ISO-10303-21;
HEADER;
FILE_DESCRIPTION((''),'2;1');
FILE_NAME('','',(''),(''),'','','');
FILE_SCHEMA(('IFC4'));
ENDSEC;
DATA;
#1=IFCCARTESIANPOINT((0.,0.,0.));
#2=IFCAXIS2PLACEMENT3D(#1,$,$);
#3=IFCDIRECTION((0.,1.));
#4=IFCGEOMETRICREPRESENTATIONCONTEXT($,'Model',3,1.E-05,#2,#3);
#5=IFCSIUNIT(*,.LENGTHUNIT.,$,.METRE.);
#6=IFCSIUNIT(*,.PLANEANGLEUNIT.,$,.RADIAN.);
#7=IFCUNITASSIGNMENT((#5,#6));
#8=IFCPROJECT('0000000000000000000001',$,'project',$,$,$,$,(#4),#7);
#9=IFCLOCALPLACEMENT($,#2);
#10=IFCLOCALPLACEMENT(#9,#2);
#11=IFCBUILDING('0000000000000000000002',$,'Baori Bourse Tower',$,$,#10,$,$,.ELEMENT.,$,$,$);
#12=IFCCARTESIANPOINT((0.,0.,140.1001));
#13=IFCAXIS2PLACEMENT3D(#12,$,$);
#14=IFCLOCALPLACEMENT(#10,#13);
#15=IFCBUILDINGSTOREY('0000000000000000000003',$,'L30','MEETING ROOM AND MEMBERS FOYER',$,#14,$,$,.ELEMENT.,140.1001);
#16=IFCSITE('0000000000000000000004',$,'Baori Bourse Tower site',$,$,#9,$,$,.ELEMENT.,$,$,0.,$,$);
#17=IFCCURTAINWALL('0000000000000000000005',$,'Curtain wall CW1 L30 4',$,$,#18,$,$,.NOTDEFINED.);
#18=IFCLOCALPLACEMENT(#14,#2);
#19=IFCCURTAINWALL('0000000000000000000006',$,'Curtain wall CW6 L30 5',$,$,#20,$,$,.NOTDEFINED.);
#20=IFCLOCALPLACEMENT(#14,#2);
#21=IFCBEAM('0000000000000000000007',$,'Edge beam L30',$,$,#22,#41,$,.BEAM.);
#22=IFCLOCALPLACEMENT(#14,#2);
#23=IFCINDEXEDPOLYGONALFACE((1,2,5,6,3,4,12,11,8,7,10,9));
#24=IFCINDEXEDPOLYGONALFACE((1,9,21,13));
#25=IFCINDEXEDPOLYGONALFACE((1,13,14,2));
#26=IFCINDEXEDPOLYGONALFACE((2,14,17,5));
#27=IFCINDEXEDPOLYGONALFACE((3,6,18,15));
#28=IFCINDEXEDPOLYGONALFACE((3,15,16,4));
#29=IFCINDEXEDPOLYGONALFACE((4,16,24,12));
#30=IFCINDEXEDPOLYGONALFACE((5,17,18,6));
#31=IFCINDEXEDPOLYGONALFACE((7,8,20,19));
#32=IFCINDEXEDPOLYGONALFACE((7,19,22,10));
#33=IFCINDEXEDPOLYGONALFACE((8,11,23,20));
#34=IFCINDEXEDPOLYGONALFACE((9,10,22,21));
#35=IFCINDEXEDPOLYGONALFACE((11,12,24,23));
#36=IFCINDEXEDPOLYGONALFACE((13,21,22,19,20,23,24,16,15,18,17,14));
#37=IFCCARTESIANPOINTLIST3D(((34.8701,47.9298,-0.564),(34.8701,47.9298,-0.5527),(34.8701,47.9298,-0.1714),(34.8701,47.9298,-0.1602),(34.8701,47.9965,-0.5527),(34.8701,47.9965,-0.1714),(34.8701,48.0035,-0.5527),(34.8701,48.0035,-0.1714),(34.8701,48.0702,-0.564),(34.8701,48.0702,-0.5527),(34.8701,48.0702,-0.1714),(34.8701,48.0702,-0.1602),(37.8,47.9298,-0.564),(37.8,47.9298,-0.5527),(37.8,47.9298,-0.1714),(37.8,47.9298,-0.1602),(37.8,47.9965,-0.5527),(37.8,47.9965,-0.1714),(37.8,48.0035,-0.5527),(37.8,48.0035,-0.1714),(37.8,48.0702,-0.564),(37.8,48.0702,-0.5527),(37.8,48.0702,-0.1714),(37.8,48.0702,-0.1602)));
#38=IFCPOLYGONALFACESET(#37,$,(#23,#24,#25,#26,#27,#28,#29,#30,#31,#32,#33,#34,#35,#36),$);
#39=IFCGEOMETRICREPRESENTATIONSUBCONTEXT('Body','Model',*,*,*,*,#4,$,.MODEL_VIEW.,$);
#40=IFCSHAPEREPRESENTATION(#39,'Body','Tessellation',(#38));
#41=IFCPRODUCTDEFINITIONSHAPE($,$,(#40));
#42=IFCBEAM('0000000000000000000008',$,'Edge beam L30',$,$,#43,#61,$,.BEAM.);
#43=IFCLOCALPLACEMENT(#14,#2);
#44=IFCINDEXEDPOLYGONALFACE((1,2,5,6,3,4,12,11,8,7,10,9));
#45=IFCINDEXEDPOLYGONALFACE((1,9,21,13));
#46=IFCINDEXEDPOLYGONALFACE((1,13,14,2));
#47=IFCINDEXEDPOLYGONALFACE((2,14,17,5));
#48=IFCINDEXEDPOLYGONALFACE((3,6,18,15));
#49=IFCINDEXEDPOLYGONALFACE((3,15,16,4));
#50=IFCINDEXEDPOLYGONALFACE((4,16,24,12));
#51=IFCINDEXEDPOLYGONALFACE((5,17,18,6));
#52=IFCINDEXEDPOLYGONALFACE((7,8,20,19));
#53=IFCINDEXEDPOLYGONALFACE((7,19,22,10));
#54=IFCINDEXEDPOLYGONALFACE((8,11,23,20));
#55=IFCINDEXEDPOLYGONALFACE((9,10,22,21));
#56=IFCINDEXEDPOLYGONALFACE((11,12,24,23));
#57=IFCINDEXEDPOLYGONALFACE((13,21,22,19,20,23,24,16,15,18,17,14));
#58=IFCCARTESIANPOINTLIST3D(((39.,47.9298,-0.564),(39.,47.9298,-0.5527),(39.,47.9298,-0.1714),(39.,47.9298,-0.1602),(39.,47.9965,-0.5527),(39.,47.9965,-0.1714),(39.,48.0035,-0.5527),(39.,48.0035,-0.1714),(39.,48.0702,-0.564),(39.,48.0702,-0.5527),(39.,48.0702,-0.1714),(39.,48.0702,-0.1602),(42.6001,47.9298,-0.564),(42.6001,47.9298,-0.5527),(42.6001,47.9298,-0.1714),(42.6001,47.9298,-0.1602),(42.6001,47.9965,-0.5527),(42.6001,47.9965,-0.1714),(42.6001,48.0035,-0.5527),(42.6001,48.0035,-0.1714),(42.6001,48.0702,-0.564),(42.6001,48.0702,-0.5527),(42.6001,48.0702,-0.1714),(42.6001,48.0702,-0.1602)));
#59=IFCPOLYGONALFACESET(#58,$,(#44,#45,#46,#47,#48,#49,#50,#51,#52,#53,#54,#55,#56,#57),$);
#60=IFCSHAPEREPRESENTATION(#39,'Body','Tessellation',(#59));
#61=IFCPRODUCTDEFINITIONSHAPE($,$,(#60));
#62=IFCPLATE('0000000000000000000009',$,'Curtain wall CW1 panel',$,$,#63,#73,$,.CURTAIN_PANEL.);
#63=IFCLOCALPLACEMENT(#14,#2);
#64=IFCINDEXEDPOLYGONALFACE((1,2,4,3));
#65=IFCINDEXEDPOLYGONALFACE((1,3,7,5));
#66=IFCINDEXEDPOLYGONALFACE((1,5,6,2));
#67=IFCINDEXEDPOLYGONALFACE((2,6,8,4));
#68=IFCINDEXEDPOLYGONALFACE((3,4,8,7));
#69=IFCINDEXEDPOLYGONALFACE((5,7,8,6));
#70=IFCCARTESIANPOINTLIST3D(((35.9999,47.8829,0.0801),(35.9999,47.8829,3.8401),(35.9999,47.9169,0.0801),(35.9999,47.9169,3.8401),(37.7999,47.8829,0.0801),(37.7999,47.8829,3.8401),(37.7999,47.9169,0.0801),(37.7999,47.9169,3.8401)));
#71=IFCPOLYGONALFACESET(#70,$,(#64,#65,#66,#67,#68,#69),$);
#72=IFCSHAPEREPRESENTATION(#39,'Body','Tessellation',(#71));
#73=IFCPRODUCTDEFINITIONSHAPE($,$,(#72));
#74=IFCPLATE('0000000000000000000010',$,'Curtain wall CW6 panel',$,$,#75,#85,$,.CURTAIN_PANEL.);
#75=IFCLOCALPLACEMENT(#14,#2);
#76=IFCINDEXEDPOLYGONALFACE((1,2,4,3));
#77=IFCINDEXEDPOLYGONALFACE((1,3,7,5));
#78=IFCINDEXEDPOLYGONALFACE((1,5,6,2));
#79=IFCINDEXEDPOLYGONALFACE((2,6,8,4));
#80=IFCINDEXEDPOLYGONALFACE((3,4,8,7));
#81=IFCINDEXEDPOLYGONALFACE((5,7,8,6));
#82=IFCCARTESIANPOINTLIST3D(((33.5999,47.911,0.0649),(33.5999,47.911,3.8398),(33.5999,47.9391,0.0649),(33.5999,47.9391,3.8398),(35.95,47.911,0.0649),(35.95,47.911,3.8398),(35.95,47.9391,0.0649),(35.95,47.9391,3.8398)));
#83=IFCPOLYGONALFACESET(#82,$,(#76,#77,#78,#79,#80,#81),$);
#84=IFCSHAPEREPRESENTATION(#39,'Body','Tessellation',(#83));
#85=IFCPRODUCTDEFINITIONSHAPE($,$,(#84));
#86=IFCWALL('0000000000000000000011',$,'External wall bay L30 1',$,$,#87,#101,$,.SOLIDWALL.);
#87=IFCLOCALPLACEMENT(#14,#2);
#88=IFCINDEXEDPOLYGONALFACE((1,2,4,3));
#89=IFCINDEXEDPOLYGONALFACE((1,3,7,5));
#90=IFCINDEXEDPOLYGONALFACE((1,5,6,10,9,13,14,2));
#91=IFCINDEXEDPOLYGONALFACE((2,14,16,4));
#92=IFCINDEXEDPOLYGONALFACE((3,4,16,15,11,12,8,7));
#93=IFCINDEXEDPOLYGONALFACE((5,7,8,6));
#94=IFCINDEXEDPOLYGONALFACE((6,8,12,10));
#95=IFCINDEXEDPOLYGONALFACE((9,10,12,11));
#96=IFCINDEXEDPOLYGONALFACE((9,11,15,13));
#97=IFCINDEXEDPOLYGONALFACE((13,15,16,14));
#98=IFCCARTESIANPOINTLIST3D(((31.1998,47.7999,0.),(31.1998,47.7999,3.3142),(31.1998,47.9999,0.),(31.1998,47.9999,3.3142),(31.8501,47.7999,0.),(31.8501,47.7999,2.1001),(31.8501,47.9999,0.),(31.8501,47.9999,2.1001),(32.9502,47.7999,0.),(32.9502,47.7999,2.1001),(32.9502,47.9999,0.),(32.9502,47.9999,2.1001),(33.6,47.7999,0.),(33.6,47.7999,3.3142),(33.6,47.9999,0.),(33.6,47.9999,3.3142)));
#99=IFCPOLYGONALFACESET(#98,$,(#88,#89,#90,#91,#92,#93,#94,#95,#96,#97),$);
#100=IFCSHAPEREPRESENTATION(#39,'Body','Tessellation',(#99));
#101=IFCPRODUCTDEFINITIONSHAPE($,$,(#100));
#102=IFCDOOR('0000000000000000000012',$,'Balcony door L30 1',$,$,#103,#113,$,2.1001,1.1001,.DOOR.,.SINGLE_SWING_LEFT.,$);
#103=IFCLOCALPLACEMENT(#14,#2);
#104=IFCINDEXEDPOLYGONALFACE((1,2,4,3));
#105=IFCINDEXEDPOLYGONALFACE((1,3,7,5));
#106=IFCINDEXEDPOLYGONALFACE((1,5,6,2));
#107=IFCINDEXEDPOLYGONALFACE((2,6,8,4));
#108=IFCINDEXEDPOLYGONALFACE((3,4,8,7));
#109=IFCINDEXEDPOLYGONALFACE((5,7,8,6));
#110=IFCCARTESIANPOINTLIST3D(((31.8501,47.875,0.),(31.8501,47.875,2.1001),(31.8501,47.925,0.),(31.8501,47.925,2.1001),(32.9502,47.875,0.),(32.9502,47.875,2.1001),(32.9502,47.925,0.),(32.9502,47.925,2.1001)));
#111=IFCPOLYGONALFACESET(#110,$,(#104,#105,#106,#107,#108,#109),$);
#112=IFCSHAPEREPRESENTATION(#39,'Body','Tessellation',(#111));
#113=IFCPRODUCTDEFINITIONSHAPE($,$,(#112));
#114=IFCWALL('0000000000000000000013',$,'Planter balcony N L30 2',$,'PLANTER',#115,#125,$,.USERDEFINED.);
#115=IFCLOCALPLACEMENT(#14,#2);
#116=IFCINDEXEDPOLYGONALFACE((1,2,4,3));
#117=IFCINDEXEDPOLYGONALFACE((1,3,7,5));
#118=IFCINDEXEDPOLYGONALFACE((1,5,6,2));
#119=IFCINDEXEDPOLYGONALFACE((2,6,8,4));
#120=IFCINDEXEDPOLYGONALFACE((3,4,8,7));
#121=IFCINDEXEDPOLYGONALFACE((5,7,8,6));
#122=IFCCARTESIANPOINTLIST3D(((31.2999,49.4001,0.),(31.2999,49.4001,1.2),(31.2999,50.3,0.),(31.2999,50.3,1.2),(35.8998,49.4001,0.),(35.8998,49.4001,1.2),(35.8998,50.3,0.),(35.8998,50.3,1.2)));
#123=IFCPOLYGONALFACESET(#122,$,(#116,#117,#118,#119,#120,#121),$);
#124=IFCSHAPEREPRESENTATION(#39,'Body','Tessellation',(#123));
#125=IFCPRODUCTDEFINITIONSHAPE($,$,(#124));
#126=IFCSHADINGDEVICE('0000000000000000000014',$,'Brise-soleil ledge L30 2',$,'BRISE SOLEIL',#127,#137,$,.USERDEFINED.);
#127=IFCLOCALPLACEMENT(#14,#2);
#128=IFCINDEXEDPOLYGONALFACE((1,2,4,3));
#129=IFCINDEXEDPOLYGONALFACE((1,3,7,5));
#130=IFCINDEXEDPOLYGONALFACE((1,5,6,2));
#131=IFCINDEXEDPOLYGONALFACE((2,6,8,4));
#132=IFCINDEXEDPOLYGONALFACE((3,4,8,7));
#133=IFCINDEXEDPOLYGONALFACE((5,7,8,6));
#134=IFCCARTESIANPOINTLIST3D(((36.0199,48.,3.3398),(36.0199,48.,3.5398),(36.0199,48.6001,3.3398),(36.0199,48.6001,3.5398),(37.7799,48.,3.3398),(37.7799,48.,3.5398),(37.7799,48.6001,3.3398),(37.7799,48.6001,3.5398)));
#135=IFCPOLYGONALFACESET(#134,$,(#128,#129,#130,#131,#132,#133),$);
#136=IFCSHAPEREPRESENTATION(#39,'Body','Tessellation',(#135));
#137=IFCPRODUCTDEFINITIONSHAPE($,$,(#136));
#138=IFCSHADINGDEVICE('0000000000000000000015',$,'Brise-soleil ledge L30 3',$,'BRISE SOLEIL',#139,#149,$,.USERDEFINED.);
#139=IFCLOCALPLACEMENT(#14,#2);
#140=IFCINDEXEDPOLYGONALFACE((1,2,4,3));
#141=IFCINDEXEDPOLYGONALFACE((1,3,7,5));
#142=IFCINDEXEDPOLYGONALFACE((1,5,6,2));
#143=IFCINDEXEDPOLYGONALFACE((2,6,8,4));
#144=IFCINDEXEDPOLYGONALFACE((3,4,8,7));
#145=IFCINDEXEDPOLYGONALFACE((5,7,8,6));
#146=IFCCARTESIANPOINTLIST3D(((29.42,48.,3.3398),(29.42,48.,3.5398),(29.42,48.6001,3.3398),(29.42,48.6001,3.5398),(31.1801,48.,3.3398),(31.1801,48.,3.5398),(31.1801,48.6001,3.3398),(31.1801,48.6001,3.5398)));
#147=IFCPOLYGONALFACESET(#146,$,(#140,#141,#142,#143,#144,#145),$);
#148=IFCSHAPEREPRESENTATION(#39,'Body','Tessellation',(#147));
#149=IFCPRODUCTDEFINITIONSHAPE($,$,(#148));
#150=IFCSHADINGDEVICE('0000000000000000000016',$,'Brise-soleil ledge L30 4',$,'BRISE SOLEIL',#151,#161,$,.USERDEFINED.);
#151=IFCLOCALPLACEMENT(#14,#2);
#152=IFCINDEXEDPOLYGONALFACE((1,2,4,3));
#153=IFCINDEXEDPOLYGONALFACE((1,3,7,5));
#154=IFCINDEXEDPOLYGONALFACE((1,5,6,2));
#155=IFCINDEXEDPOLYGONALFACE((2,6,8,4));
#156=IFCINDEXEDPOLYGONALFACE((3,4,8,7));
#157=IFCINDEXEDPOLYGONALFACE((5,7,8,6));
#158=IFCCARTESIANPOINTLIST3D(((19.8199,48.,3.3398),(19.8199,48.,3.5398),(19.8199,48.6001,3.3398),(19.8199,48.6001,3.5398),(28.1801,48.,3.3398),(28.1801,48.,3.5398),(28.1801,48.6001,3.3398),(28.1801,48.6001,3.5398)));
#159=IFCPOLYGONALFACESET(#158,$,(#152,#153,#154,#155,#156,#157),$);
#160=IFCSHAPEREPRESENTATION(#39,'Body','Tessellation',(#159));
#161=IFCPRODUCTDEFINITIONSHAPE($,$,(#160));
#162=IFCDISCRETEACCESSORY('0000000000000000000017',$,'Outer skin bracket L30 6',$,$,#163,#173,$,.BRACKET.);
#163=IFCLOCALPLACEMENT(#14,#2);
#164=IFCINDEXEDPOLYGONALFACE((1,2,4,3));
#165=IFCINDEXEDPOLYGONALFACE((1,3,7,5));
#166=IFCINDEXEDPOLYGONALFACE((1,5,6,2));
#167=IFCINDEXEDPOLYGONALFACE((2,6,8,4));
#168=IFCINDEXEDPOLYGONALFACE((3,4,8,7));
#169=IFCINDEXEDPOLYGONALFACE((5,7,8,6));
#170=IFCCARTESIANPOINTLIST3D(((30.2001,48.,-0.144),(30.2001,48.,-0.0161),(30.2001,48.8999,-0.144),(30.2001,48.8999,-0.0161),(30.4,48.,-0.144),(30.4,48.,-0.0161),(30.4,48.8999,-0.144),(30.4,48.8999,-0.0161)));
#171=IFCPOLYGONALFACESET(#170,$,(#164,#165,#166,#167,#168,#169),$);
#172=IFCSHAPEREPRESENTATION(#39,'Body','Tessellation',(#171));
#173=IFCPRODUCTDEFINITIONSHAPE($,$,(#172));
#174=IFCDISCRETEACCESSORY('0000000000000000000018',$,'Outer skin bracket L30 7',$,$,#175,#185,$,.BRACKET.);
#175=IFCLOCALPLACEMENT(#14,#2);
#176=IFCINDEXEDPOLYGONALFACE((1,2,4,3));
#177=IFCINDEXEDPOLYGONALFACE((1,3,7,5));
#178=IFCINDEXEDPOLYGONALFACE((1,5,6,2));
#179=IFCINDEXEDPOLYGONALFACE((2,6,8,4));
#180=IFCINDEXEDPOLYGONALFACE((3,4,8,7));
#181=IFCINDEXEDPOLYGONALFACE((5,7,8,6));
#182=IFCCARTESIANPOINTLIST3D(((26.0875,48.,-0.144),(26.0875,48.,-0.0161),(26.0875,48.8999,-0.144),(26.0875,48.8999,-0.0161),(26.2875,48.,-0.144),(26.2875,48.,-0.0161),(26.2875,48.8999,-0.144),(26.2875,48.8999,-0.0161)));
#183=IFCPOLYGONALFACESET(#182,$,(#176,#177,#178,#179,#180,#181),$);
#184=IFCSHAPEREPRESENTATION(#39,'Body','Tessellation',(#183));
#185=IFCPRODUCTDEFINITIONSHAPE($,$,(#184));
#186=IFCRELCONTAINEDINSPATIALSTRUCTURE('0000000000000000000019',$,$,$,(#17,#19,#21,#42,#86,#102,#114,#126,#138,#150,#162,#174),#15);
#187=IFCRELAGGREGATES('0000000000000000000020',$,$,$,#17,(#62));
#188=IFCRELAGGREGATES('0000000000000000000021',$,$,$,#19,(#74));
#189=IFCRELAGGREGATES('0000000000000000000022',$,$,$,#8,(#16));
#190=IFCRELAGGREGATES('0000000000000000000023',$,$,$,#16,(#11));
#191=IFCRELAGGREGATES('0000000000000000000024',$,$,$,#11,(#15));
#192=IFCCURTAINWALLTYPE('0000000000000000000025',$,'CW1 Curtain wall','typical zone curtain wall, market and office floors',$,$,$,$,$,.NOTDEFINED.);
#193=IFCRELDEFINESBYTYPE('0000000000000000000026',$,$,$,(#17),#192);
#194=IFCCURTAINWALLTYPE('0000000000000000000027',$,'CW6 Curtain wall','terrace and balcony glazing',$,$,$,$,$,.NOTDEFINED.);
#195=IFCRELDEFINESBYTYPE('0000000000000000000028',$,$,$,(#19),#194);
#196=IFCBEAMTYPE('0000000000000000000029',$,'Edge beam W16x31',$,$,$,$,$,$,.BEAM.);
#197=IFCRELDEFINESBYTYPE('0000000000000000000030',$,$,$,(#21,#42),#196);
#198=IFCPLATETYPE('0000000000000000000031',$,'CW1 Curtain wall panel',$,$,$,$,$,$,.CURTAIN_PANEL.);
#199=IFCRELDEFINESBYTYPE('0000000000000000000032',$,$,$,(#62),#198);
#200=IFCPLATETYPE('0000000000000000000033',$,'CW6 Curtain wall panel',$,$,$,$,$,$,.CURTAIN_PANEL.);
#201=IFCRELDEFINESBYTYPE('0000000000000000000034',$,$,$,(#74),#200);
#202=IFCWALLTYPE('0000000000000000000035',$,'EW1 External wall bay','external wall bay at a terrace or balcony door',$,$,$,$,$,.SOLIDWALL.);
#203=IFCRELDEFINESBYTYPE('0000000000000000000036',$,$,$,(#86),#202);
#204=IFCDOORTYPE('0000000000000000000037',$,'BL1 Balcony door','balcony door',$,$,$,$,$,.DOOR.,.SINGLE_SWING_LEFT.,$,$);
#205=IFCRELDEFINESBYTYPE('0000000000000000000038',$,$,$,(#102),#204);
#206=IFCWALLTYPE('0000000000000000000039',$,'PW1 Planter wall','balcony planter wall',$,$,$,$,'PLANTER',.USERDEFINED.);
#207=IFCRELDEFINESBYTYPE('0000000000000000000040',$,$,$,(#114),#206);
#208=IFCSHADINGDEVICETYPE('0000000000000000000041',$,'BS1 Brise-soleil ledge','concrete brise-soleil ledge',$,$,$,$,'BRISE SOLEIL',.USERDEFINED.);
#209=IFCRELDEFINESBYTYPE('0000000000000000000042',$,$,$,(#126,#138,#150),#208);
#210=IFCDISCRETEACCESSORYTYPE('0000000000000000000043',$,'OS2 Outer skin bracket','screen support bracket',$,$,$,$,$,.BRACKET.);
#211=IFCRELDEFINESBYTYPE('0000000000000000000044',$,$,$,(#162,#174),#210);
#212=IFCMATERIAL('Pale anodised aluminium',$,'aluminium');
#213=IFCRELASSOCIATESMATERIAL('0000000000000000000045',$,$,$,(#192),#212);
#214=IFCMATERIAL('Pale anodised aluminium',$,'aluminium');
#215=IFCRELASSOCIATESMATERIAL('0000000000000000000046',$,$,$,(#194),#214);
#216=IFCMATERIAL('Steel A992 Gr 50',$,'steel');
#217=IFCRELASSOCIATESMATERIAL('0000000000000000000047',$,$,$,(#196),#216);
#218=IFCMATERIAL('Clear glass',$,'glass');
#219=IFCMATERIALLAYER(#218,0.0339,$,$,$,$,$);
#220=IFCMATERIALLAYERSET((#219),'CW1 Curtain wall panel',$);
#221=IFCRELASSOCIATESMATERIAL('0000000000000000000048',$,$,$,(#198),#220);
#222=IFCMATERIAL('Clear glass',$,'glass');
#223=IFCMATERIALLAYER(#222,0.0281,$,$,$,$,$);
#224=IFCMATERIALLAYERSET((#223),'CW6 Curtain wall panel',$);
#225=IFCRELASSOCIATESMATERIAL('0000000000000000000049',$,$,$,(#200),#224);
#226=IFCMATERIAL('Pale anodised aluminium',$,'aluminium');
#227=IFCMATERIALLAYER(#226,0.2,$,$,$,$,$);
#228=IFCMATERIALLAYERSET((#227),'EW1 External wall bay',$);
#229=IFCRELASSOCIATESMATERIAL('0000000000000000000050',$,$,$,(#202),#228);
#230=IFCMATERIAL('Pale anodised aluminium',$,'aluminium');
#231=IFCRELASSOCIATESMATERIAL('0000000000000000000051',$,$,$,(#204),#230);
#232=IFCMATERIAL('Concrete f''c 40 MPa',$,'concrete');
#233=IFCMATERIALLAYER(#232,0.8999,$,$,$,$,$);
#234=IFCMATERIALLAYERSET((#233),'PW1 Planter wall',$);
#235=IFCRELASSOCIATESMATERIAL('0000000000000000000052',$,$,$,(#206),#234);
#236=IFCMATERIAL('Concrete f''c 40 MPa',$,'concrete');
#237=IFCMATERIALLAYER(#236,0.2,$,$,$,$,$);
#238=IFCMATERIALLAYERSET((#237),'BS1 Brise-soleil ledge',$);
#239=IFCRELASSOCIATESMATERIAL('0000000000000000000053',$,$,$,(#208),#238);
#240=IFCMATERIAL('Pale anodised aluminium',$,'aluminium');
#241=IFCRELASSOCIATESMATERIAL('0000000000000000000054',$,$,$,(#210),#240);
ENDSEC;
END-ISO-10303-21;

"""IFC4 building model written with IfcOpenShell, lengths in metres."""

from ifc_helpers import new_model, si_unit, direction, frame, frame_2d, origin, origin_2d, place, context, subcontext, project, spatial, rectangle, i_section, extrude, material, layer, layer_set, material_profile, profile_set, type_object, element, fill, aggregate, save


model = new_model("IFC4")

# Units and contexts
model_context = context("Model", 3, precision=1e-05, world=origin(), true_north=direction((0.0, 1.0)))
body_context = subcontext(model_context, "Body", "Model", "MODEL_VIEW")
ifc_project = project(units=[si_unit("LENGTHUNIT", "METRE"), si_unit("PLANEANGLEUNIT", "RADIAN")], contexts=[model_context])

# Site, building, storey
site_placement = place(None, origin())
site = spatial("IfcSite", under=ifc_project, at=site_placement, Name="Baori Bourse Tower site", CompositionType="ELEMENT", RefElevation=0.0)
building_placement = place(site_placement, origin())
building = spatial("IfcBuilding", under=site, at=building_placement, Name="Baori Bourse Tower", CompositionType="ELEMENT")
storey_placement = place(building_placement, frame((0.0, 0.0, 140.1001)))
storey = spatial("IfcBuildingStorey", under=building, at=storey_placement, Name="L30", Description="MEETING ROOM AND MEMBERS FOYER", CompositionType="ELEMENT", Elevation=140.1001)

# Curtain wall
ifc_material_1 = material(Name="Pale anodised aluminium", Category="aluminium")
curtain_wall_type_1 = type_object("IfcCurtainWallType", Name="CW1 Curtain wall", Description="typical zone curtain wall, market and office floors", PredefinedType="NOTDEFINED", material=ifc_material_1)
curtain_wall_1_placement = place(storey_placement, origin())
curtain_wall_1 = element("IfcCurtainWall", 1, at=curtain_wall_1_placement, inside=storey, type_object=curtain_wall_type_1, Name="Curtain wall CW1 L30 4", PredefinedType="NOTDEFINED")

# Curtain wall
ifc_material_2 = material(Name="Pale anodised aluminium", Category="aluminium")
curtain_wall_type_2 = type_object("IfcCurtainWallType", Name="CW6 Curtain wall", Description="terrace and balcony glazing", PredefinedType="NOTDEFINED", material=ifc_material_2)
curtain_wall_2_placement = place(storey_placement, origin())
curtain_wall_2 = element("IfcCurtainWall", 2, at=curtain_wall_2_placement, inside=storey, type_object=curtain_wall_type_2, Name="Curtain wall CW6 L30 5", PredefinedType="NOTDEFINED")

# Beams
ifc_material_3 = material(Name="Steel A992 Gr 50", Category="steel")
ifc_material_profile_1 = material_profile(ifc_material_3, i_section(OverallWidth=0.1404, OverallDepth=0.4038, WebThickness=0.0071, FlangeThickness=0.0112, at=origin_2d()), Name="W16x31")
ifc_profile_set_1 = profile_set([ifc_material_profile_1], Name="Steel A992 Gr 50")
beam_type_1 = type_object("IfcBeamType", Name="Edge beam W16x31", PredefinedType="BEAM", material=ifc_profile_set_1)
beam_1_placement = place(storey_placement, frame((34.8701, 48.0, -0.3621), z_axis=(1.0, 0.0, 0.0), x_axis=(0.0, 1.0, 0.0)))
element("IfcBeam", 3, at=beam_1_placement, inside=storey, type_object=beam_type_1, Name="Edge beam L30", PredefinedType="BEAM", context=body_context, shape_type="SweptSolid", body=[
    extrude(i_section(OverallWidth=0.1404, OverallDepth=0.4038, WebThickness=0.0071, FlangeThickness=0.0112, at=origin_2d()), origin(), (0.0, 0.0, 1.0), 2.9299),
])
beam_2_placement = place(storey_placement, frame((39.0, 48.0, -0.3621), z_axis=(1.0, 0.0, 0.0), x_axis=(0.0, 1.0, 0.0)))
element("IfcBeam", 4, at=beam_2_placement, inside=storey, type_object=beam_type_1, Name="Edge beam L30", PredefinedType="BEAM", context=body_context, shape_type="SweptSolid", body=[
    extrude(i_section(OverallWidth=0.1404, OverallDepth=0.4038, WebThickness=0.0071, FlangeThickness=0.0112, at=origin_2d()), origin(), (0.0, 0.0, 1.0), 3.6001),
])

# Plates
ifc_material_4 = material(Name="Clear glass", Category="glass")
ifc_layer_1 = layer(ifc_material_4, 0.0339)
ifc_layer_set_1 = layer_set([ifc_layer_1], Name="CW1 Curtain wall panel")
plate_type_1 = type_object("IfcPlateType", Name="CW1 Curtain wall panel", PredefinedType="CURTAIN_PANEL", material=ifc_layer_set_1)
plate_1_placement = place(storey_placement, frame((36.8999, 47.8999, 0.0801), z_axis=(0.0, 0.0, 1.0), x_axis=(-1.0, 0.0, 0.0)))
plate_1 = element("IfcPlate", 5, at=plate_1_placement, type_object=plate_type_1, Name="Curtain wall CW1 panel", PredefinedType="CURTAIN_PANEL", context=body_context, shape_type="SweptSolid", body=[
    extrude(rectangle(XDim=1.8, YDim=0.0339, at=origin_2d()), origin(), (0.0, 0.0, 1.0), 3.76),
])
aggregate(curtain_wall_1, [plate_1])
ifc_material_5 = material(Name="Clear glass", Category="glass")
ifc_layer_2 = layer(ifc_material_5, 0.0281)
ifc_layer_set_2 = layer_set([ifc_layer_2], Name="CW6 Curtain wall panel")
plate_type_2 = type_object("IfcPlateType", Name="CW6 Curtain wall panel", PredefinedType="CURTAIN_PANEL", material=ifc_layer_set_2)
plate_2_placement = place(storey_placement, frame((34.7749, 47.925, 0.0649), z_axis=(0.0, 0.0, 1.0), x_axis=(-1.0, 0.0, 0.0)))
plate_2 = element("IfcPlate", 6, at=plate_2_placement, type_object=plate_type_2, Name="Curtain wall CW6 panel", PredefinedType="CURTAIN_PANEL", context=body_context, shape_type="SweptSolid", body=[
    extrude(rectangle(XDim=2.3501, YDim=0.0281, at=origin_2d()), origin(), (0.0, 0.0, 1.0), 3.7749),
])
aggregate(curtain_wall_2, [plate_2])

# Wall, opening, door
ifc_material_6 = material(Name="Pale anodised aluminium", Category="aluminium")
ifc_layer_3 = layer(ifc_material_6, 0.2)
ifc_layer_set_3 = layer_set([ifc_layer_3], Name="EW1 External wall bay")
wall_type_1 = type_object("IfcWallType", Name="EW1 External wall bay", Description="external wall bay at a terrace or balcony door", PredefinedType="SOLIDWALL", material=ifc_layer_set_3)
wall_1_placement = place(storey_placement, frame((33.6001, 47.8999, 0.0), z_axis=(0.0, 0.0, 1.0), x_axis=(-1.0, 0.0, 0.0)))
wall_1 = element("IfcWall", 7, at=wall_1_placement, inside=storey, type_object=wall_type_1, Name="External wall bay L30 1", PredefinedType="SOLIDWALL", context=body_context, shape_type="SweptSolid", body=[
    extrude(rectangle(XDim=2.4001, YDim=0.2, at=frame_2d((1.2002, 0.0))), origin(), (0.0, 0.0, 1.0), 3.3142),
])
opening_placement = place(wall_1_placement, frame((0.6499, 0.0, 0.0)))
opening = element("IfcOpeningElement", 8, at=opening_placement, cuts=wall_1, PredefinedType="OPENING", context=body_context, shape_type="SweptSolid", body=[
    extrude(rectangle(XDim=1.1001, YDim=2.1001, at=frame_2d((0.55, 1.05))), frame((0.0, 0.1099, 0.0), z_axis=(0.0, -1.0, 0.0), x_axis=(1.0, 0.0, 0.0)), (0.0, 0.0, 1.0), 0.22),
])
ifc_material_7 = material(Name="Pale anodised aluminium", Category="aluminium")
door_type = type_object("IfcDoorType", Name="BL1 Balcony door", Description="balcony door", OperationType="SINGLE_SWING_LEFT", PredefinedType="DOOR", material=ifc_material_7)
door_placement = place(opening_placement, origin())
door = element("IfcDoor", 9, at=door_placement, inside=storey, type_object=door_type, Name="Balcony door L30 1", OperationType="SINGLE_SWING_LEFT", OverallHeight=2.1001, OverallWidth=1.1001, PredefinedType="DOOR", context=body_context, shape_type="SweptSolid", body=[
    extrude(rectangle(XDim=1.1001, YDim=2.1001, at=frame_2d((0.55, 1.05))), frame((0.0, 0.0249, 0.0), z_axis=(0.0, -1.0, 0.0), x_axis=(1.0, 0.0, 0.0)), (0.0, 0.0, 1.0), 0.05),
])
fill(opening, door)

# Wall
ifc_material_8 = material(Name="Concrete f'c 40 MPa", Category="concrete")
ifc_layer_4 = layer(ifc_material_8, 0.8999)
ifc_layer_set_4 = layer_set([ifc_layer_4], Name="PW1 Planter wall")
wall_type_2 = type_object("IfcWallType", Name="PW1 Planter wall", Description="balcony planter wall", ElementType="PLANTER", PredefinedType="USERDEFINED", material=ifc_layer_set_4)
wall_2_placement = place(storey_placement, frame((31.3, 49.8501, 0.0), z_axis=(0.0, 0.0, 1.0), x_axis=(1.0, 0.0, 0.0)))
element("IfcWall", 10, at=wall_2_placement, inside=storey, type_object=wall_type_2, Name="Planter balcony N L30 2", ObjectType="PLANTER", PredefinedType="USERDEFINED", context=body_context, shape_type="SweptSolid", body=[
    extrude(rectangle(XDim=4.5999, YDim=0.8999, at=frame_2d((2.2998, 0.0))), origin(), (0.0, 0.0, 1.0), 1.2),
])

# Shading devices
ifc_material_9 = material(Name="Concrete f'c 40 MPa", Category="concrete")
ifc_layer_5 = layer(ifc_material_9, 0.2)
ifc_layer_set_5 = layer_set([ifc_layer_5], Name="BS1 Brise-soleil ledge")
shading_device_type = type_object("IfcShadingDeviceType", Name="BS1 Brise-soleil ledge", Description="concrete brise-soleil ledge", ElementType="BRISE SOLEIL", PredefinedType="USERDEFINED", material=ifc_layer_set_5)
for number, where, z_axis, x_axis, name in (
    (11, (36.8999, 48.3, 3.3398), (0.0, 0.0, 1.0), (-1.0, 0.0, 0.0), "Brise-soleil ledge L30 2"),
    (12, (30.3, 48.3, 3.3398), (0.0, 0.0, 1.0), (-1.0, 0.0, 0.0), "Brise-soleil ledge L30 3"),
):
    element("IfcShadingDevice", number, at=place(storey_placement, frame(where, z_axis=z_axis, x_axis=x_axis)), inside=storey, type_object=shading_device_type, Name=name, ObjectType="BRISE SOLEIL", PredefinedType="USERDEFINED", context=body_context, shape_type="SweptSolid", body=[
        extrude(rectangle(XDim=1.76, YDim=0.6001, at=origin_2d()), origin(), (0.0, 0.0, 1.0), 0.2),
    ])
shading_device_placement = place(storey_placement, frame((24.0, 48.3, 3.3398), z_axis=(0.0, 0.0, 1.0), x_axis=(-1.0, 0.0, 0.0)))
element("IfcShadingDevice", 13, at=shading_device_placement, inside=storey, type_object=shading_device_type, Name="Brise-soleil ledge L30 4", ObjectType="BRISE SOLEIL", PredefinedType="USERDEFINED", context=body_context, shape_type="SweptSolid", body=[
    extrude(rectangle(XDim=8.3601, YDim=0.6001, at=origin_2d()), origin(), (0.0, 0.0, 1.0), 0.2),
])

# Discrete accessories
ifc_material_10 = material(Name="Pale anodised aluminium", Category="aluminium")
discrete_accessory_type = type_object("IfcDiscreteAccessoryType", Name="OS2 Outer skin bracket", Description="screen support bracket", PredefinedType="BRACKET", material=ifc_material_10)
for number, where, z_axis, x_axis, name in (
    (14, (30.3, 48.45, -0.144), (0.0, 0.0, 1.0), (-1.0, 0.0, 0.0), "Outer skin bracket L30 6"),
    (15, (26.1875, 48.45, -0.144), (0.0, 0.0, 1.0), (-1.0, 0.0, 0.0), "Outer skin bracket L30 7"),
):
    element("IfcDiscreteAccessory", number, at=place(storey_placement, frame(where, z_axis=z_axis, x_axis=x_axis)), inside=storey, type_object=discrete_accessory_type, Name=name, PredefinedType="BRACKET", context=body_context, shape_type="SweptSolid", body=[
        extrude(rectangle(XDim=0.2, YDim=0.8999, at=origin_2d()), origin(), (0.0, 0.0, 1.0), 0.1279),
    ])

save(model, "model.ifc")
